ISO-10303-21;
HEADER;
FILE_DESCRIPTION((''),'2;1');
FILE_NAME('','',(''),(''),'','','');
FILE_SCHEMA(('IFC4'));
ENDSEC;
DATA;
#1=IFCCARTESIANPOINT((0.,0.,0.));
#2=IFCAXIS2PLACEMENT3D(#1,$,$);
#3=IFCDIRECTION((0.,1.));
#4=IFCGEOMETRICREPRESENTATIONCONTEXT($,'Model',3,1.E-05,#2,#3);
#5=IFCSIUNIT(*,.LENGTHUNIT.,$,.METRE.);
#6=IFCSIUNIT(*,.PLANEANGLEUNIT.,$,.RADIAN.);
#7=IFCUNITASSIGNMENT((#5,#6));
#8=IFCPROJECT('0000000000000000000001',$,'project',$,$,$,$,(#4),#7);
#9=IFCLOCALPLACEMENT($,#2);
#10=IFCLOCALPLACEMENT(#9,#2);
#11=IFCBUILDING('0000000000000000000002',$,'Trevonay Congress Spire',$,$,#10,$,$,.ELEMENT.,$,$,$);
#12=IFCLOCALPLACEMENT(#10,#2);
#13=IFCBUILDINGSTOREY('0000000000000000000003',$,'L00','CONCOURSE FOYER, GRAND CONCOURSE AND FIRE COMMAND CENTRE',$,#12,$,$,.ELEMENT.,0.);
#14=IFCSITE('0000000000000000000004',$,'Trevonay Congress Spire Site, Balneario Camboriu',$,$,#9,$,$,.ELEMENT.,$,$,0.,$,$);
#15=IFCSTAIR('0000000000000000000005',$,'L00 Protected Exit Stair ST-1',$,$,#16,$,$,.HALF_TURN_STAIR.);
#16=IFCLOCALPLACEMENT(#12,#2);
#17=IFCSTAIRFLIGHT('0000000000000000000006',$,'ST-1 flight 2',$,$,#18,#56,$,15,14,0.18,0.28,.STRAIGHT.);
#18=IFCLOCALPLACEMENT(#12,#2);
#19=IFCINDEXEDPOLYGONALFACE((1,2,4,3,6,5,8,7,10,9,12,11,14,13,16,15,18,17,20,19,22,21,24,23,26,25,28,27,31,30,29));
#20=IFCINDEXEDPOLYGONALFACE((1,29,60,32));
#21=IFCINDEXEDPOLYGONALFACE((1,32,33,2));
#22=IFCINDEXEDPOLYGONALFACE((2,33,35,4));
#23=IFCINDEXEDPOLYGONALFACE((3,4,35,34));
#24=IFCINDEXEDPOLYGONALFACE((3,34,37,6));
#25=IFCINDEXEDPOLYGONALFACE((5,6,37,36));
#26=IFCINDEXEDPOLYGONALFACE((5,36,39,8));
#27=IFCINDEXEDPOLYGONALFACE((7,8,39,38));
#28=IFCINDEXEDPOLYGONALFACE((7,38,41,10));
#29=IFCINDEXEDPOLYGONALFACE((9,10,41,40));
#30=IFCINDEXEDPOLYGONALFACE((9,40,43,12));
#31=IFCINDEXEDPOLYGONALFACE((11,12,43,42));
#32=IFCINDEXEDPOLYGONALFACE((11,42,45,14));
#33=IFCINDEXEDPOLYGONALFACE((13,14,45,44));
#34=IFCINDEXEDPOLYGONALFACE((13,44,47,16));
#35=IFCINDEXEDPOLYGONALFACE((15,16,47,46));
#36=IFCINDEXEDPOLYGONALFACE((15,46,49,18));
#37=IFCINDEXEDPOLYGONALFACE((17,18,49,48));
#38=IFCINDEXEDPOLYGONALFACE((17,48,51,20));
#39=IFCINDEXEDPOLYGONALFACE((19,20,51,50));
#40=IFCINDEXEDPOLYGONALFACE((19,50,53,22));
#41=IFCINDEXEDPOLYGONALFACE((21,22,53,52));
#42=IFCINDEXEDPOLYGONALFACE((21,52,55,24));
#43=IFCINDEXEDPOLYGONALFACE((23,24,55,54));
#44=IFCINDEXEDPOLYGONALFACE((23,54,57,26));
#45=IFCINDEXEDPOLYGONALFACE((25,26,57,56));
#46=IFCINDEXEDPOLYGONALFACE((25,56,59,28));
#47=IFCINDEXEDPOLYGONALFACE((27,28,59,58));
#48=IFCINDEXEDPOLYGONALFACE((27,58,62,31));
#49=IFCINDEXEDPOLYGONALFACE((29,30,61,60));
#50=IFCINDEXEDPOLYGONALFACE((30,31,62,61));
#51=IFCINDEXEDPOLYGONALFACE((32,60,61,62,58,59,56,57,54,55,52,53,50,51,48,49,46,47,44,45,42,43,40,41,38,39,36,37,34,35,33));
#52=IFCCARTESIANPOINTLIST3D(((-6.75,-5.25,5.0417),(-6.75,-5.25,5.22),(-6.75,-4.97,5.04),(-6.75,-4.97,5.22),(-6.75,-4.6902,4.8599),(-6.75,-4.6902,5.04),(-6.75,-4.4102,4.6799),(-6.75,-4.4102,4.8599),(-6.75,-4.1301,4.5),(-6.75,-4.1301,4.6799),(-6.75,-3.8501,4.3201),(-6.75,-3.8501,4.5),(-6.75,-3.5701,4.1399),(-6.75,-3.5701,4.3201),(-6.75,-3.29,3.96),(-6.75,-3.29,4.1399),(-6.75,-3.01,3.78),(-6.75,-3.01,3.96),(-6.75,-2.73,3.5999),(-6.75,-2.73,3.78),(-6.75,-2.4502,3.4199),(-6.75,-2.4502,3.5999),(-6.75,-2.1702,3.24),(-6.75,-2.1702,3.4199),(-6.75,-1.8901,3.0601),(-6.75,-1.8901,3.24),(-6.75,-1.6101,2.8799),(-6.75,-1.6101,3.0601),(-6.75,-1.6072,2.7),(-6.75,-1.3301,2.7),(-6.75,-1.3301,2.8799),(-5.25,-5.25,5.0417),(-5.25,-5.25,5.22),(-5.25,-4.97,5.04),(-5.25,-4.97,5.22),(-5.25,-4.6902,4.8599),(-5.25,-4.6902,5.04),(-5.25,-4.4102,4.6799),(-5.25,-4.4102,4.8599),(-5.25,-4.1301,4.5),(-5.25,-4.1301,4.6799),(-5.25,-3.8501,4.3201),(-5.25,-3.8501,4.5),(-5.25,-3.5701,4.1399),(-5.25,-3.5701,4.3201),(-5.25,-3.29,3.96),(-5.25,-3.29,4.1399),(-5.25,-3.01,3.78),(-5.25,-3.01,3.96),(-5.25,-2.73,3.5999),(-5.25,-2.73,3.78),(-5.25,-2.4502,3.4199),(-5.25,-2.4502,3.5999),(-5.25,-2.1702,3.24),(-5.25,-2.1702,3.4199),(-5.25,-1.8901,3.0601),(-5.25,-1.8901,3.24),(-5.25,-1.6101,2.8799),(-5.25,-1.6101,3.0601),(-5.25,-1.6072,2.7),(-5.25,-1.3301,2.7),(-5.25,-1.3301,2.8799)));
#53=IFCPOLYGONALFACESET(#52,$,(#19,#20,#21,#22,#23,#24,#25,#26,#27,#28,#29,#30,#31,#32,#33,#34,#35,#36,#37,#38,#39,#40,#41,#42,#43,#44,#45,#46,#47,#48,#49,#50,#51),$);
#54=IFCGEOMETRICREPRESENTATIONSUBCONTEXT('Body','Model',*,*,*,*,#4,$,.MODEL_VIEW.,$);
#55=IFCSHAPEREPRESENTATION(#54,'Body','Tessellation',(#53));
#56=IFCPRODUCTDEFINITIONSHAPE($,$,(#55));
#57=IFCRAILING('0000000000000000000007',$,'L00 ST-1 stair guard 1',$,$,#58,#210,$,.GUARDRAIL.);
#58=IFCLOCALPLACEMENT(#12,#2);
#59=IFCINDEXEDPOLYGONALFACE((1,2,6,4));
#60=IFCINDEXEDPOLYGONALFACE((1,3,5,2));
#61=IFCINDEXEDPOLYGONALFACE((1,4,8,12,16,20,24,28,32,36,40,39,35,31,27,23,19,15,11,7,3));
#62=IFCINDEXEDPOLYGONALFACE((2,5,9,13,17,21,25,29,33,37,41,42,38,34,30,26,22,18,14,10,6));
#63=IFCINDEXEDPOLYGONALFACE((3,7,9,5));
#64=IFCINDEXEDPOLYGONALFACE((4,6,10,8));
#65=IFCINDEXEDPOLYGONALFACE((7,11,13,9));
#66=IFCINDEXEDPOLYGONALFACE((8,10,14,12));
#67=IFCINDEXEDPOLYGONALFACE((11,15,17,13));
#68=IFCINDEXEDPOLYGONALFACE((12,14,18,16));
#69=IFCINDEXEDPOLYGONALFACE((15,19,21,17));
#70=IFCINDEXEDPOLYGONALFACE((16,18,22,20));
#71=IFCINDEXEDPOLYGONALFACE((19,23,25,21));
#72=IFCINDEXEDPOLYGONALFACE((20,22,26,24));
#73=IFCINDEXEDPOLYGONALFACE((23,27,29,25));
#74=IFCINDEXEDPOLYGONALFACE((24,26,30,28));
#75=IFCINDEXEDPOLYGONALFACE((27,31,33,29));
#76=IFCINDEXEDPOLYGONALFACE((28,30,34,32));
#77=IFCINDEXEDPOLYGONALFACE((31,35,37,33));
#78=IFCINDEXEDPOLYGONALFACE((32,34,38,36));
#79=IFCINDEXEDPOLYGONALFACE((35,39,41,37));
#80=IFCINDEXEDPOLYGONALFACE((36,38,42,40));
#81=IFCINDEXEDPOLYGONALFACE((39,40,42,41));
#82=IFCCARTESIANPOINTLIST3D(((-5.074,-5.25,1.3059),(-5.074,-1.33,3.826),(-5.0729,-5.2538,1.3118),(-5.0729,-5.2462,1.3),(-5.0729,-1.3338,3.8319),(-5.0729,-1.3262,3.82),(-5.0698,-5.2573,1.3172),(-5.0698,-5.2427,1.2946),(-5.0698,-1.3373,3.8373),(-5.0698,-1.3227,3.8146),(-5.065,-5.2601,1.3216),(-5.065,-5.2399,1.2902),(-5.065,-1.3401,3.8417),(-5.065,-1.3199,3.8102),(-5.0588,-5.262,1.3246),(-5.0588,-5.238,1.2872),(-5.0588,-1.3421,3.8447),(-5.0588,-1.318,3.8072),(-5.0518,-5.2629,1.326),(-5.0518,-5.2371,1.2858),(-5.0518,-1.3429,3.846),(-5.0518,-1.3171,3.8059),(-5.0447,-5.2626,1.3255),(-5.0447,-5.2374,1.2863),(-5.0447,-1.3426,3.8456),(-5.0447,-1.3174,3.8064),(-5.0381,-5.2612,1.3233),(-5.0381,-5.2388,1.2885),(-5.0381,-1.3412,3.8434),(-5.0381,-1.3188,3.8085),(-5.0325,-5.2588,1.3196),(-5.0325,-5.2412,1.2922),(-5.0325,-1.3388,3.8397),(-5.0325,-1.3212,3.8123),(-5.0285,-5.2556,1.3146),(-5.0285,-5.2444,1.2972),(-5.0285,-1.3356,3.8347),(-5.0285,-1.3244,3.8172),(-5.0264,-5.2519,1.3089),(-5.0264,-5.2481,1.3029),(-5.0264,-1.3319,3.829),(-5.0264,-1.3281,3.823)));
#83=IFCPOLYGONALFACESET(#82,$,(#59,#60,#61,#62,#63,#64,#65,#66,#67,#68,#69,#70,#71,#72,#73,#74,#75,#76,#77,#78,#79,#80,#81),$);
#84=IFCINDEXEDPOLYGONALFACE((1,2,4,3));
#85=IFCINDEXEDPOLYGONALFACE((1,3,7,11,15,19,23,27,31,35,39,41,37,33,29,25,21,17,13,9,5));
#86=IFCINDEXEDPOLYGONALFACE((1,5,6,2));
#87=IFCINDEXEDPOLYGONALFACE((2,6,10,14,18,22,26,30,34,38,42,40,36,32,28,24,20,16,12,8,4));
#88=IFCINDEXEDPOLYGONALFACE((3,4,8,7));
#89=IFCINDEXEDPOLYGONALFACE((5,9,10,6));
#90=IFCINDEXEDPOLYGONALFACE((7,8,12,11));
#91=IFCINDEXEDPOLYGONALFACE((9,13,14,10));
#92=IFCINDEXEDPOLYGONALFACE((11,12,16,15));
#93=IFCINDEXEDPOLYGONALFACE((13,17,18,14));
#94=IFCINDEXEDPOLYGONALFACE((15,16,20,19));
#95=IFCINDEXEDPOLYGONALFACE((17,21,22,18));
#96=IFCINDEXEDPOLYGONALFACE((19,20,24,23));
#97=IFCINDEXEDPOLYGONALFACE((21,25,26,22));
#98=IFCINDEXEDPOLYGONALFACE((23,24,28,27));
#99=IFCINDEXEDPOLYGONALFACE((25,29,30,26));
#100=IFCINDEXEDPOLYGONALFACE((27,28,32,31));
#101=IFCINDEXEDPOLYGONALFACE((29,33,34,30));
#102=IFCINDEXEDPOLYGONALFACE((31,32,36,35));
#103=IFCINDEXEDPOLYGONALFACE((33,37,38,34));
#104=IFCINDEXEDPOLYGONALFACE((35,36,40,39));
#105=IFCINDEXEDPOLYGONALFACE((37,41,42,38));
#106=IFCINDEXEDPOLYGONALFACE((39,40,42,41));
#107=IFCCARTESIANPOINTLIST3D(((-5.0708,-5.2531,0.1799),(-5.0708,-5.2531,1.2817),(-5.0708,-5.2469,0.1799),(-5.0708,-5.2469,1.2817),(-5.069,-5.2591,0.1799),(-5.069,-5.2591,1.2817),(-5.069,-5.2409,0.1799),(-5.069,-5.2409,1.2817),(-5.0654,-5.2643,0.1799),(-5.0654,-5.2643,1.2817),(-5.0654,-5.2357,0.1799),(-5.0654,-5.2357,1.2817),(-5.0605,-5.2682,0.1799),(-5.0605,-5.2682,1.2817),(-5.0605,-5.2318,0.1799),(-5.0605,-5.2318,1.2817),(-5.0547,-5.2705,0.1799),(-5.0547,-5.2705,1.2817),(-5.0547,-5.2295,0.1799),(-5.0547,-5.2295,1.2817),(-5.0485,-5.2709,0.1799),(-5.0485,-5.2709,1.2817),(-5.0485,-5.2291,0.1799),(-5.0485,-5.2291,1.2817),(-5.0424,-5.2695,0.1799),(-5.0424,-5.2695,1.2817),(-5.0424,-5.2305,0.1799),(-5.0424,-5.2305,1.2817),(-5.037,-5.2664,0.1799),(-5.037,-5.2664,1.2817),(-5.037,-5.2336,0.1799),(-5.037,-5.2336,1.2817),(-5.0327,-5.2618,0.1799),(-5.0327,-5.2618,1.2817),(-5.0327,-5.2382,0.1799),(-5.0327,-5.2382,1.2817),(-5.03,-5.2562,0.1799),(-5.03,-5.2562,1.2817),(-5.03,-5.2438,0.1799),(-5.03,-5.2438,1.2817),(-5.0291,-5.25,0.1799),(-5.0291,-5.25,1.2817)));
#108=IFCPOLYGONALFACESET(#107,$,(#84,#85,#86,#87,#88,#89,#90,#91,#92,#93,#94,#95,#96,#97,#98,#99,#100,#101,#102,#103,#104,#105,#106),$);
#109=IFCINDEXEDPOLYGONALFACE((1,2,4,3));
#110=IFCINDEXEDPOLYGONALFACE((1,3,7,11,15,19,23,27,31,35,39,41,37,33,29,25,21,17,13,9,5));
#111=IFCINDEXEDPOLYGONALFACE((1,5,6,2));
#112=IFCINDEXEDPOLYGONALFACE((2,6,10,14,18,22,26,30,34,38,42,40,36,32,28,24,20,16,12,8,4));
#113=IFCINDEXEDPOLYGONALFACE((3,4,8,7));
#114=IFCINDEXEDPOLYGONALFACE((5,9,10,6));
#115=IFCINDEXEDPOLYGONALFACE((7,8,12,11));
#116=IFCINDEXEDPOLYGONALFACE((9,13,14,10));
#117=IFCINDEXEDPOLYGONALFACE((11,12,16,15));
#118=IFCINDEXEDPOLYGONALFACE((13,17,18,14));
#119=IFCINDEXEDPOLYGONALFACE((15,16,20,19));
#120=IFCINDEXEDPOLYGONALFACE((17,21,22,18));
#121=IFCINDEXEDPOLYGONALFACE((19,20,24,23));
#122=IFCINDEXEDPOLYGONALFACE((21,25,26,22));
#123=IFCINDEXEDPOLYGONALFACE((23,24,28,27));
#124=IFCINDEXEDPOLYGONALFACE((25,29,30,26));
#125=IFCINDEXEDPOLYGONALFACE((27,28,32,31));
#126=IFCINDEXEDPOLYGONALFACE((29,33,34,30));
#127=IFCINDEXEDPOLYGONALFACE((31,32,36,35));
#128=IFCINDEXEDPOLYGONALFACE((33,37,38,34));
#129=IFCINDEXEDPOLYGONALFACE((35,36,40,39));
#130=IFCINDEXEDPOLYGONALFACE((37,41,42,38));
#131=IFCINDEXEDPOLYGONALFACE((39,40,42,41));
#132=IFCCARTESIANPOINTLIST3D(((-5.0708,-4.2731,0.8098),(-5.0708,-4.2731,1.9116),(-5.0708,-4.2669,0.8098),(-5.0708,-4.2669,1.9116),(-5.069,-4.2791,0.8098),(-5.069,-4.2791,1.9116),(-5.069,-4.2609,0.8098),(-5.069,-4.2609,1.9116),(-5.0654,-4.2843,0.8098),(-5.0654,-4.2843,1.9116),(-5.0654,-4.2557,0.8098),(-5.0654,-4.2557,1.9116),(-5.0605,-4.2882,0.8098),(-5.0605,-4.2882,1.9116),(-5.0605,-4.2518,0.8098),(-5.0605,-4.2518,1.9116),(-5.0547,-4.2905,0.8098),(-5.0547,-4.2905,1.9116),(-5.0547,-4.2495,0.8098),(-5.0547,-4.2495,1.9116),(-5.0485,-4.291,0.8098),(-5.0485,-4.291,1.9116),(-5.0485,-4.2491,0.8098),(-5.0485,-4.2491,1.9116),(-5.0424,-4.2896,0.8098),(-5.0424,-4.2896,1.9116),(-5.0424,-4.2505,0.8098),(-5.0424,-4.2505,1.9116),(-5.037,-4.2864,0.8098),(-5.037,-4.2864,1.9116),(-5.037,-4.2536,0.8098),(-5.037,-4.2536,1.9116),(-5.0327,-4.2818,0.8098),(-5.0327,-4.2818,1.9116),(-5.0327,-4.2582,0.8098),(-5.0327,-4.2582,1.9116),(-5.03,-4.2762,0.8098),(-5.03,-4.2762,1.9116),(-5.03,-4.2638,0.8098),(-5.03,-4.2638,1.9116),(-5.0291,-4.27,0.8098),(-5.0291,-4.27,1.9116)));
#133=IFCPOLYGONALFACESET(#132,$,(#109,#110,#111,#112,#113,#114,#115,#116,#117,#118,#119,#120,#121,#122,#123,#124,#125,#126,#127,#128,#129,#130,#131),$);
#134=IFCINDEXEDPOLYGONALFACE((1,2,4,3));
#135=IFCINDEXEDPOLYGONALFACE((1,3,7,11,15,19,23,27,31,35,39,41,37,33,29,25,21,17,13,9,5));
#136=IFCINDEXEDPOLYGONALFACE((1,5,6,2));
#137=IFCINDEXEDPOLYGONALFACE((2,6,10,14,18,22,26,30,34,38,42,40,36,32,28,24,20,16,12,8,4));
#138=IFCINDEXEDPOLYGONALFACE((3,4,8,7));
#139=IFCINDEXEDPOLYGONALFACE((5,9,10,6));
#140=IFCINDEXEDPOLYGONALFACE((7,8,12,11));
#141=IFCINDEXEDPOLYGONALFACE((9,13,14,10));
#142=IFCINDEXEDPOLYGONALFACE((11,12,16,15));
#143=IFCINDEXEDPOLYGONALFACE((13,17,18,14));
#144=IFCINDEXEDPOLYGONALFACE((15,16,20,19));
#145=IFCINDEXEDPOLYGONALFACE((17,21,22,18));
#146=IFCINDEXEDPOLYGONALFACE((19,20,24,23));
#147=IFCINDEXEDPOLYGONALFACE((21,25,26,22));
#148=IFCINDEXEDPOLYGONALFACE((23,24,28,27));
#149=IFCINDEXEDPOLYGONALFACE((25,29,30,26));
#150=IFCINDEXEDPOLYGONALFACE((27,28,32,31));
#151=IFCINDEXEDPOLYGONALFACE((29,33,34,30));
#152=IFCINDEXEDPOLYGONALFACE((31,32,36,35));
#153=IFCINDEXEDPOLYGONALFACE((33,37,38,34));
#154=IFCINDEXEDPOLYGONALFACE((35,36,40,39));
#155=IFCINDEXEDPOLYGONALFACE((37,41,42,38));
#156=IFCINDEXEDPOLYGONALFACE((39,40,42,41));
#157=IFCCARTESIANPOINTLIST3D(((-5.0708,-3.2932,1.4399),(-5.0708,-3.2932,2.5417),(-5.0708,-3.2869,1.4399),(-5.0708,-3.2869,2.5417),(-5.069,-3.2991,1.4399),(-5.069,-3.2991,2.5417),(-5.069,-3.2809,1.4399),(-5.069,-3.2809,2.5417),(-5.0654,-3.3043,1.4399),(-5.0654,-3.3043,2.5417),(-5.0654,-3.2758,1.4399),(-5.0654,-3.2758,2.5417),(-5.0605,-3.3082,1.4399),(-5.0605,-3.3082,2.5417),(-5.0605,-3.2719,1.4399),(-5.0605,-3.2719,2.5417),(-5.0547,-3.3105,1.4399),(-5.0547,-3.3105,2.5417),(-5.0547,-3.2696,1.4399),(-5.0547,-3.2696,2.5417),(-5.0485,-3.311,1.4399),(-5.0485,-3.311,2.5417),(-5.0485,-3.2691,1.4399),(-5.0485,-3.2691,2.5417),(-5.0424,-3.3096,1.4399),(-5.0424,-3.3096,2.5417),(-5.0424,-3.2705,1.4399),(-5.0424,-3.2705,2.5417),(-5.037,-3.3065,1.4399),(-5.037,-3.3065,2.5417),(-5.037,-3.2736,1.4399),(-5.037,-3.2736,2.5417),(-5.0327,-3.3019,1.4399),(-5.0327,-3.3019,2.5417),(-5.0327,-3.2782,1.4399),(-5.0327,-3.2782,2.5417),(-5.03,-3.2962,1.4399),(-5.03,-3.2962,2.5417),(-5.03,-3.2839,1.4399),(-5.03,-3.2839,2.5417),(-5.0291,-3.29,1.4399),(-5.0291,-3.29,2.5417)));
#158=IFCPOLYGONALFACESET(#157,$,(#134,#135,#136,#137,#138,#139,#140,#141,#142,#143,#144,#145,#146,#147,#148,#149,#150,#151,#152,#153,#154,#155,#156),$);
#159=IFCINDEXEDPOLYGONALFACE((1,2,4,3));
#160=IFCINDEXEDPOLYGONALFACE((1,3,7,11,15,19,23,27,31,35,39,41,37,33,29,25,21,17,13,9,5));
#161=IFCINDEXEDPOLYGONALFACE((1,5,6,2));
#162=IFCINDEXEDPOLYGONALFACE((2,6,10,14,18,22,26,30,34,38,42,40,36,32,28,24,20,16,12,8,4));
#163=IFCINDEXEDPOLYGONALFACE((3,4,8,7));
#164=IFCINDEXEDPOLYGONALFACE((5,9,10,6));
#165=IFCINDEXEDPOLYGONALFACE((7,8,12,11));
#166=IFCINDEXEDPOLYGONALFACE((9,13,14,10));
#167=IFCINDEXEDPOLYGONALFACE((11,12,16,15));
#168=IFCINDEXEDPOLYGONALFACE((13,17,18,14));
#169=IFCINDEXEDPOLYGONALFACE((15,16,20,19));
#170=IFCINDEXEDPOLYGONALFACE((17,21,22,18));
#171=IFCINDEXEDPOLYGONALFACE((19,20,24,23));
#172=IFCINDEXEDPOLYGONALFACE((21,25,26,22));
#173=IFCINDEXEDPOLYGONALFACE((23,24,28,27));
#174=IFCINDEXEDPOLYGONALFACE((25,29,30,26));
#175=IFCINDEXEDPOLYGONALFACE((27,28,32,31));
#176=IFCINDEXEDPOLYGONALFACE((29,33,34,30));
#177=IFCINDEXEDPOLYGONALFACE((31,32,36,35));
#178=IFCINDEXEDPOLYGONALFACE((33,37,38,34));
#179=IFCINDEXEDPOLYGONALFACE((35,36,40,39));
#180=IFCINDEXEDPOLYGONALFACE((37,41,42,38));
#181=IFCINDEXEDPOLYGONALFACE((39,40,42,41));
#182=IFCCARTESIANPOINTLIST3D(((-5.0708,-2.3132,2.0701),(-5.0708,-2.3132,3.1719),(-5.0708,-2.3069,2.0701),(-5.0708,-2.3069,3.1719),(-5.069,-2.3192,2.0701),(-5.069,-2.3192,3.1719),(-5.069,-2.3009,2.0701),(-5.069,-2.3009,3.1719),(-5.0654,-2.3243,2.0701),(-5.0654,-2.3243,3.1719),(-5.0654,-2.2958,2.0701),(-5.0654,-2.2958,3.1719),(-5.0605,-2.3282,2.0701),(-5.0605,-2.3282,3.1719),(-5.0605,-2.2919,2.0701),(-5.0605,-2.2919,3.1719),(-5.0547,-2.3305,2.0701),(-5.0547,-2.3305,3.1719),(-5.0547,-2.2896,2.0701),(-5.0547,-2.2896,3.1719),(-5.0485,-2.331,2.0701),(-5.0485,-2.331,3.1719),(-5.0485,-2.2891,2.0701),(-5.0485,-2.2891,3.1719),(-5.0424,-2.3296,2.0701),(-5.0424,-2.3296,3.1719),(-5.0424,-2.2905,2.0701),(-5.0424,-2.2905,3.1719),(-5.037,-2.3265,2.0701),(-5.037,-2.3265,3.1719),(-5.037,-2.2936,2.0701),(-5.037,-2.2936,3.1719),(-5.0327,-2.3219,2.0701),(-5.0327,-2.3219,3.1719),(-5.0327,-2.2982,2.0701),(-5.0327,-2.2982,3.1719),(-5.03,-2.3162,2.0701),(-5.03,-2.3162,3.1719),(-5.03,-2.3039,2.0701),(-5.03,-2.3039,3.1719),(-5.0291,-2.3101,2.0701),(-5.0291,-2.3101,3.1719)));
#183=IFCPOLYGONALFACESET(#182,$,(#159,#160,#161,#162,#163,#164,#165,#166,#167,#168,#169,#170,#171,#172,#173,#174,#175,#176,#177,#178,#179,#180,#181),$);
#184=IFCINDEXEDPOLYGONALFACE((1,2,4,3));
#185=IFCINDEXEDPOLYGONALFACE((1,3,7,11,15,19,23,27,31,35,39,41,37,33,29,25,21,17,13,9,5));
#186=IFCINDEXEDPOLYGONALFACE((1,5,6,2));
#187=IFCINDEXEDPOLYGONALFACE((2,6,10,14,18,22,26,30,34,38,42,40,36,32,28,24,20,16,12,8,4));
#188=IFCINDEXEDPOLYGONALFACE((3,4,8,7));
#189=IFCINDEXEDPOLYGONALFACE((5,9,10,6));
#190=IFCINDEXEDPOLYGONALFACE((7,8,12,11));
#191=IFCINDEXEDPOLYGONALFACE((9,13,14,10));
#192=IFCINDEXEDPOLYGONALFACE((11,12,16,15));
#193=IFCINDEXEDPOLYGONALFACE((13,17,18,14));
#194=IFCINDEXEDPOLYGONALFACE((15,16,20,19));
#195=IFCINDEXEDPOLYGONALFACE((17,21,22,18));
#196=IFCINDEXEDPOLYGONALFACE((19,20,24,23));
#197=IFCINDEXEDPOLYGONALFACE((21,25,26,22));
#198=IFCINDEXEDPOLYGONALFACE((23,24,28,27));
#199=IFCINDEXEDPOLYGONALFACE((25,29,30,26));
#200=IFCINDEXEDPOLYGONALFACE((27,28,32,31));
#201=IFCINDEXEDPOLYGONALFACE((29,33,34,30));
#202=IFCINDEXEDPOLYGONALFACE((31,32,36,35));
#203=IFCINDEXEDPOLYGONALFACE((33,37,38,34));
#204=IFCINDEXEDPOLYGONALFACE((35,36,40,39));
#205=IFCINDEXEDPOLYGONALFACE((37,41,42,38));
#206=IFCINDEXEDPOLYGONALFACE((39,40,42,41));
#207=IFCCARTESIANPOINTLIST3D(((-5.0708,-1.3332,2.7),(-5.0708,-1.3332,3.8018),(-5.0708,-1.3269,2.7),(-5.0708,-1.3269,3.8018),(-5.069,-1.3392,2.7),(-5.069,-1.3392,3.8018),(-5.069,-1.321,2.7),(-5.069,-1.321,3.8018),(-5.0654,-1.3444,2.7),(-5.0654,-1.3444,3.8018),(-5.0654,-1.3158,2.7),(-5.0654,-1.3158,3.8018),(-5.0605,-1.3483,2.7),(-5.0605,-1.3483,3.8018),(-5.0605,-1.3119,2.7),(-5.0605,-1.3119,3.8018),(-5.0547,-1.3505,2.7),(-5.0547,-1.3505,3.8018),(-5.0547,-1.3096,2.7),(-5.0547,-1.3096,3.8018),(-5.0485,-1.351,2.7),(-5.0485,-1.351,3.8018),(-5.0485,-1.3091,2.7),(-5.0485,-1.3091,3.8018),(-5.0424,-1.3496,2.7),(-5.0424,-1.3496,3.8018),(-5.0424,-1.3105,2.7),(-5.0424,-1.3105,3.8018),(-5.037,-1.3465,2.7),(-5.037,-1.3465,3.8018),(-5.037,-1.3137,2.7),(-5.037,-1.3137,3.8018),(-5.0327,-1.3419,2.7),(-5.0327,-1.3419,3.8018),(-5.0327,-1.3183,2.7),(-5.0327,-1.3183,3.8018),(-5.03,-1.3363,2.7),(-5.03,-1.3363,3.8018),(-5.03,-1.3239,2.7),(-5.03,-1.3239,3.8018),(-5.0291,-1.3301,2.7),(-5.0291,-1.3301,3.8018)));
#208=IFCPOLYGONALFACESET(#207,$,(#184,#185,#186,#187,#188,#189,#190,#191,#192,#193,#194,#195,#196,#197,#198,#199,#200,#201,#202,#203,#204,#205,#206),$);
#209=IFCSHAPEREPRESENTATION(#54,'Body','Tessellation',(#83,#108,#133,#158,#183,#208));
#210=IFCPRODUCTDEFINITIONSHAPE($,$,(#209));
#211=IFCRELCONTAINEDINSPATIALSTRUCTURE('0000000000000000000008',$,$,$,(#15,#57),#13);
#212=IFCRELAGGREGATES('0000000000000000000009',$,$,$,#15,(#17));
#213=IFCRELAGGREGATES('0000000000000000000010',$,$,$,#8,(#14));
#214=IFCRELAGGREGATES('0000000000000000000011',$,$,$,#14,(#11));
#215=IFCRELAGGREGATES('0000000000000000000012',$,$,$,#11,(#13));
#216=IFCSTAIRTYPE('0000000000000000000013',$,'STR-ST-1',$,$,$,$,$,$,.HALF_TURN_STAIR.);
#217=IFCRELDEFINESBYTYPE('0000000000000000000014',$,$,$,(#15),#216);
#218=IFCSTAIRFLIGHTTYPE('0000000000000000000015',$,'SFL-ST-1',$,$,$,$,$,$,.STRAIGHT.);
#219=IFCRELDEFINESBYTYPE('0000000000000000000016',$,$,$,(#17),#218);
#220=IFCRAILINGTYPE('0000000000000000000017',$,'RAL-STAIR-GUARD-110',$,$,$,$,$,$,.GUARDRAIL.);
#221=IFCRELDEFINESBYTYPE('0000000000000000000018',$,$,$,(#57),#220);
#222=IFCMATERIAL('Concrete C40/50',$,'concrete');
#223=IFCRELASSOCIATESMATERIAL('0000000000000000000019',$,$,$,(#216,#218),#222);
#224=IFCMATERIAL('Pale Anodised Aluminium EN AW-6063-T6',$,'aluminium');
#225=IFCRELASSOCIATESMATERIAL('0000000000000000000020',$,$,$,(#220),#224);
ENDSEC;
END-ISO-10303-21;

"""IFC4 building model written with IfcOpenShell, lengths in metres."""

from ifc_helpers import new_model, si_unit, direction, frame, origin, origin_2d, place, context, subcontext, project, spatial, polyline, circle, outline, extrude, material, type_object, element, aggregate, save


model = new_model("IFC4")

# Units and contexts
model_context = context("Model", 3, precision=1e-05, world=origin(), true_north=direction((0.0, 1.0)))
body_context = subcontext(model_context, "Body", "Model", "MODEL_VIEW")
ifc_project = project(units=[si_unit("LENGTHUNIT", "METRE"), si_unit("PLANEANGLEUNIT", "RADIAN")], contexts=[model_context])

# Site, building, storey
site_placement = place(None, origin())
site = spatial("IfcSite", under=ifc_project, at=site_placement, Name="Trevonay Congress Spire Site, Balneario Camboriu", CompositionType="ELEMENT", RefElevation=0.0)
building_placement = place(site_placement, origin())
building = spatial("IfcBuilding", under=site, at=building_placement, Name="Trevonay Congress Spire", CompositionType="ELEMENT")
storey_placement = place(building_placement, origin())
storey = spatial("IfcBuildingStorey", under=building, at=storey_placement, Name="L00", Description="CONCOURSE FOYER, GRAND CONCOURSE AND FIRE COMMAND CENTRE", CompositionType="ELEMENT", Elevation=0.0)

# Shared definitions
ifc_material_1 = material(Name="Concrete C40/50", Category="concrete")

# Stair
stair_type = type_object("IfcStairType", Name="STR-ST-1", PredefinedType="HALF_TURN_STAIR", material=ifc_material_1)
stair_placement = place(storey_placement, origin())
stair = element("IfcStair", 1, at=stair_placement, inside=storey, type_object=stair_type, Name="L00 Protected Exit Stair ST-1", PredefinedType="HALF_TURN_STAIR")

# Stair flight
stair_flight_type = type_object("IfcStairFlightType", Name="SFL-ST-1", PredefinedType="STRAIGHT", material=ifc_material_1)
stair_flight_1_placement = place(storey_placement, frame((-6.0, -1.3301, 2.7), z_axis=(0.0, 0.0, 1.0), x_axis=(0.0, -1.0, 0.0)))
stair_flight_1 = element("IfcStairFlight", 2, at=stair_flight_1_placement, type_object=stair_flight_type, Name="ST-1 flight 2", NumberOfRisers=15, NumberOfTreads=14, PredefinedType="STRAIGHT", RiserHeight=0.18, TreadLength=0.28, context=body_context, shape_type="SweptSolid", body=[
    extrude(outline(polyline([(0.0, 0.0), (0.0, 0.1799), (0.28, 0.1799), (0.28, 0.3601), (0.5601, 0.3601), (0.5601, 0.54), (0.8401, 0.54), (0.8401, 0.72), (1.1201, 0.72), (1.1201, 0.8999), (1.3999, 0.8999), (1.3999, 1.0801), (1.6799, 1.0801), (1.6799, 1.26), (1.96, 1.26), (1.96, 1.4399), (2.24, 1.4399), (2.24, 1.6201), (2.52, 1.6201), (2.52, 1.8), (2.8, 1.8), (2.8, 1.98), (3.0801, 1.98), (3.0801, 2.1599), (3.3601, 2.1599), (3.3601, 2.3401), (3.6399, 2.3401), (3.6399, 2.52), (3.9199, 2.52), (3.9199, 2.7), (3.9199, 2.3418), (0.2771, 0.0), (0.0, 0.0)])), frame((0.0, 0.75, 0.0), z_axis=(0.0, -1.0, 0.0), x_axis=(1.0, 0.0, 0.0)), (0.0, 0.0, 1.0), 1.5),
])
aggregate(stair, [stair_flight_1])

# Railing
ifc_material_2 = material(Name="Pale Anodised Aluminium EN AW-6063-T6", Category="aluminium")
railing_type_1 = type_object("IfcRailingType", Name="RAL-STAIR-GUARD-110", PredefinedType="GUARDRAIL", material=ifc_material_2)
railing_1_placement = place(storey_placement, frame((-5.05, -5.25, 0.1799)))
element("IfcRailing", 3, at=railing_1_placement, inside=storey, type_object=railing_type_1, Name="L00 ST-1 stair guard 1", PredefinedType="GUARDRAIL", context=body_context, shape_type="SweptSolid", body=[
    extrude(circle(Radius=0.0239, at=origin_2d()), frame((0.0, 0.0, 1.126), z_axis=(0.0, 0.841172, 0.540768), x_axis=(-1.0, 0.0, 0.0)), (0.0, 0.0, 1.0), 4.6602),
    extrude(circle(Radius=0.021, at=origin_2d()), origin(), (0.0, 0.0, 1.0), 1.1018),
    extrude(circle(Radius=0.021, at=origin_2d()), frame((0.0, 0.98, 0.6299)), (0.0, 0.0, 1.0), 1.1018),
    extrude(circle(Radius=0.021, at=origin_2d()), frame((0.0, 1.96, 1.26)), (0.0, 0.0, 1.0), 1.1018),
    extrude(circle(Radius=0.021, at=origin_2d()), frame((0.0, 2.9399, 1.8901)), (0.0, 0.0, 1.0), 1.1018),
    extrude(circle(Radius=0.021, at=origin_2d()), frame((0.0, 3.9199, 2.52)), (0.0, 0.0, 1.0), 1.1018),
])

save(model, "model.ifc")
